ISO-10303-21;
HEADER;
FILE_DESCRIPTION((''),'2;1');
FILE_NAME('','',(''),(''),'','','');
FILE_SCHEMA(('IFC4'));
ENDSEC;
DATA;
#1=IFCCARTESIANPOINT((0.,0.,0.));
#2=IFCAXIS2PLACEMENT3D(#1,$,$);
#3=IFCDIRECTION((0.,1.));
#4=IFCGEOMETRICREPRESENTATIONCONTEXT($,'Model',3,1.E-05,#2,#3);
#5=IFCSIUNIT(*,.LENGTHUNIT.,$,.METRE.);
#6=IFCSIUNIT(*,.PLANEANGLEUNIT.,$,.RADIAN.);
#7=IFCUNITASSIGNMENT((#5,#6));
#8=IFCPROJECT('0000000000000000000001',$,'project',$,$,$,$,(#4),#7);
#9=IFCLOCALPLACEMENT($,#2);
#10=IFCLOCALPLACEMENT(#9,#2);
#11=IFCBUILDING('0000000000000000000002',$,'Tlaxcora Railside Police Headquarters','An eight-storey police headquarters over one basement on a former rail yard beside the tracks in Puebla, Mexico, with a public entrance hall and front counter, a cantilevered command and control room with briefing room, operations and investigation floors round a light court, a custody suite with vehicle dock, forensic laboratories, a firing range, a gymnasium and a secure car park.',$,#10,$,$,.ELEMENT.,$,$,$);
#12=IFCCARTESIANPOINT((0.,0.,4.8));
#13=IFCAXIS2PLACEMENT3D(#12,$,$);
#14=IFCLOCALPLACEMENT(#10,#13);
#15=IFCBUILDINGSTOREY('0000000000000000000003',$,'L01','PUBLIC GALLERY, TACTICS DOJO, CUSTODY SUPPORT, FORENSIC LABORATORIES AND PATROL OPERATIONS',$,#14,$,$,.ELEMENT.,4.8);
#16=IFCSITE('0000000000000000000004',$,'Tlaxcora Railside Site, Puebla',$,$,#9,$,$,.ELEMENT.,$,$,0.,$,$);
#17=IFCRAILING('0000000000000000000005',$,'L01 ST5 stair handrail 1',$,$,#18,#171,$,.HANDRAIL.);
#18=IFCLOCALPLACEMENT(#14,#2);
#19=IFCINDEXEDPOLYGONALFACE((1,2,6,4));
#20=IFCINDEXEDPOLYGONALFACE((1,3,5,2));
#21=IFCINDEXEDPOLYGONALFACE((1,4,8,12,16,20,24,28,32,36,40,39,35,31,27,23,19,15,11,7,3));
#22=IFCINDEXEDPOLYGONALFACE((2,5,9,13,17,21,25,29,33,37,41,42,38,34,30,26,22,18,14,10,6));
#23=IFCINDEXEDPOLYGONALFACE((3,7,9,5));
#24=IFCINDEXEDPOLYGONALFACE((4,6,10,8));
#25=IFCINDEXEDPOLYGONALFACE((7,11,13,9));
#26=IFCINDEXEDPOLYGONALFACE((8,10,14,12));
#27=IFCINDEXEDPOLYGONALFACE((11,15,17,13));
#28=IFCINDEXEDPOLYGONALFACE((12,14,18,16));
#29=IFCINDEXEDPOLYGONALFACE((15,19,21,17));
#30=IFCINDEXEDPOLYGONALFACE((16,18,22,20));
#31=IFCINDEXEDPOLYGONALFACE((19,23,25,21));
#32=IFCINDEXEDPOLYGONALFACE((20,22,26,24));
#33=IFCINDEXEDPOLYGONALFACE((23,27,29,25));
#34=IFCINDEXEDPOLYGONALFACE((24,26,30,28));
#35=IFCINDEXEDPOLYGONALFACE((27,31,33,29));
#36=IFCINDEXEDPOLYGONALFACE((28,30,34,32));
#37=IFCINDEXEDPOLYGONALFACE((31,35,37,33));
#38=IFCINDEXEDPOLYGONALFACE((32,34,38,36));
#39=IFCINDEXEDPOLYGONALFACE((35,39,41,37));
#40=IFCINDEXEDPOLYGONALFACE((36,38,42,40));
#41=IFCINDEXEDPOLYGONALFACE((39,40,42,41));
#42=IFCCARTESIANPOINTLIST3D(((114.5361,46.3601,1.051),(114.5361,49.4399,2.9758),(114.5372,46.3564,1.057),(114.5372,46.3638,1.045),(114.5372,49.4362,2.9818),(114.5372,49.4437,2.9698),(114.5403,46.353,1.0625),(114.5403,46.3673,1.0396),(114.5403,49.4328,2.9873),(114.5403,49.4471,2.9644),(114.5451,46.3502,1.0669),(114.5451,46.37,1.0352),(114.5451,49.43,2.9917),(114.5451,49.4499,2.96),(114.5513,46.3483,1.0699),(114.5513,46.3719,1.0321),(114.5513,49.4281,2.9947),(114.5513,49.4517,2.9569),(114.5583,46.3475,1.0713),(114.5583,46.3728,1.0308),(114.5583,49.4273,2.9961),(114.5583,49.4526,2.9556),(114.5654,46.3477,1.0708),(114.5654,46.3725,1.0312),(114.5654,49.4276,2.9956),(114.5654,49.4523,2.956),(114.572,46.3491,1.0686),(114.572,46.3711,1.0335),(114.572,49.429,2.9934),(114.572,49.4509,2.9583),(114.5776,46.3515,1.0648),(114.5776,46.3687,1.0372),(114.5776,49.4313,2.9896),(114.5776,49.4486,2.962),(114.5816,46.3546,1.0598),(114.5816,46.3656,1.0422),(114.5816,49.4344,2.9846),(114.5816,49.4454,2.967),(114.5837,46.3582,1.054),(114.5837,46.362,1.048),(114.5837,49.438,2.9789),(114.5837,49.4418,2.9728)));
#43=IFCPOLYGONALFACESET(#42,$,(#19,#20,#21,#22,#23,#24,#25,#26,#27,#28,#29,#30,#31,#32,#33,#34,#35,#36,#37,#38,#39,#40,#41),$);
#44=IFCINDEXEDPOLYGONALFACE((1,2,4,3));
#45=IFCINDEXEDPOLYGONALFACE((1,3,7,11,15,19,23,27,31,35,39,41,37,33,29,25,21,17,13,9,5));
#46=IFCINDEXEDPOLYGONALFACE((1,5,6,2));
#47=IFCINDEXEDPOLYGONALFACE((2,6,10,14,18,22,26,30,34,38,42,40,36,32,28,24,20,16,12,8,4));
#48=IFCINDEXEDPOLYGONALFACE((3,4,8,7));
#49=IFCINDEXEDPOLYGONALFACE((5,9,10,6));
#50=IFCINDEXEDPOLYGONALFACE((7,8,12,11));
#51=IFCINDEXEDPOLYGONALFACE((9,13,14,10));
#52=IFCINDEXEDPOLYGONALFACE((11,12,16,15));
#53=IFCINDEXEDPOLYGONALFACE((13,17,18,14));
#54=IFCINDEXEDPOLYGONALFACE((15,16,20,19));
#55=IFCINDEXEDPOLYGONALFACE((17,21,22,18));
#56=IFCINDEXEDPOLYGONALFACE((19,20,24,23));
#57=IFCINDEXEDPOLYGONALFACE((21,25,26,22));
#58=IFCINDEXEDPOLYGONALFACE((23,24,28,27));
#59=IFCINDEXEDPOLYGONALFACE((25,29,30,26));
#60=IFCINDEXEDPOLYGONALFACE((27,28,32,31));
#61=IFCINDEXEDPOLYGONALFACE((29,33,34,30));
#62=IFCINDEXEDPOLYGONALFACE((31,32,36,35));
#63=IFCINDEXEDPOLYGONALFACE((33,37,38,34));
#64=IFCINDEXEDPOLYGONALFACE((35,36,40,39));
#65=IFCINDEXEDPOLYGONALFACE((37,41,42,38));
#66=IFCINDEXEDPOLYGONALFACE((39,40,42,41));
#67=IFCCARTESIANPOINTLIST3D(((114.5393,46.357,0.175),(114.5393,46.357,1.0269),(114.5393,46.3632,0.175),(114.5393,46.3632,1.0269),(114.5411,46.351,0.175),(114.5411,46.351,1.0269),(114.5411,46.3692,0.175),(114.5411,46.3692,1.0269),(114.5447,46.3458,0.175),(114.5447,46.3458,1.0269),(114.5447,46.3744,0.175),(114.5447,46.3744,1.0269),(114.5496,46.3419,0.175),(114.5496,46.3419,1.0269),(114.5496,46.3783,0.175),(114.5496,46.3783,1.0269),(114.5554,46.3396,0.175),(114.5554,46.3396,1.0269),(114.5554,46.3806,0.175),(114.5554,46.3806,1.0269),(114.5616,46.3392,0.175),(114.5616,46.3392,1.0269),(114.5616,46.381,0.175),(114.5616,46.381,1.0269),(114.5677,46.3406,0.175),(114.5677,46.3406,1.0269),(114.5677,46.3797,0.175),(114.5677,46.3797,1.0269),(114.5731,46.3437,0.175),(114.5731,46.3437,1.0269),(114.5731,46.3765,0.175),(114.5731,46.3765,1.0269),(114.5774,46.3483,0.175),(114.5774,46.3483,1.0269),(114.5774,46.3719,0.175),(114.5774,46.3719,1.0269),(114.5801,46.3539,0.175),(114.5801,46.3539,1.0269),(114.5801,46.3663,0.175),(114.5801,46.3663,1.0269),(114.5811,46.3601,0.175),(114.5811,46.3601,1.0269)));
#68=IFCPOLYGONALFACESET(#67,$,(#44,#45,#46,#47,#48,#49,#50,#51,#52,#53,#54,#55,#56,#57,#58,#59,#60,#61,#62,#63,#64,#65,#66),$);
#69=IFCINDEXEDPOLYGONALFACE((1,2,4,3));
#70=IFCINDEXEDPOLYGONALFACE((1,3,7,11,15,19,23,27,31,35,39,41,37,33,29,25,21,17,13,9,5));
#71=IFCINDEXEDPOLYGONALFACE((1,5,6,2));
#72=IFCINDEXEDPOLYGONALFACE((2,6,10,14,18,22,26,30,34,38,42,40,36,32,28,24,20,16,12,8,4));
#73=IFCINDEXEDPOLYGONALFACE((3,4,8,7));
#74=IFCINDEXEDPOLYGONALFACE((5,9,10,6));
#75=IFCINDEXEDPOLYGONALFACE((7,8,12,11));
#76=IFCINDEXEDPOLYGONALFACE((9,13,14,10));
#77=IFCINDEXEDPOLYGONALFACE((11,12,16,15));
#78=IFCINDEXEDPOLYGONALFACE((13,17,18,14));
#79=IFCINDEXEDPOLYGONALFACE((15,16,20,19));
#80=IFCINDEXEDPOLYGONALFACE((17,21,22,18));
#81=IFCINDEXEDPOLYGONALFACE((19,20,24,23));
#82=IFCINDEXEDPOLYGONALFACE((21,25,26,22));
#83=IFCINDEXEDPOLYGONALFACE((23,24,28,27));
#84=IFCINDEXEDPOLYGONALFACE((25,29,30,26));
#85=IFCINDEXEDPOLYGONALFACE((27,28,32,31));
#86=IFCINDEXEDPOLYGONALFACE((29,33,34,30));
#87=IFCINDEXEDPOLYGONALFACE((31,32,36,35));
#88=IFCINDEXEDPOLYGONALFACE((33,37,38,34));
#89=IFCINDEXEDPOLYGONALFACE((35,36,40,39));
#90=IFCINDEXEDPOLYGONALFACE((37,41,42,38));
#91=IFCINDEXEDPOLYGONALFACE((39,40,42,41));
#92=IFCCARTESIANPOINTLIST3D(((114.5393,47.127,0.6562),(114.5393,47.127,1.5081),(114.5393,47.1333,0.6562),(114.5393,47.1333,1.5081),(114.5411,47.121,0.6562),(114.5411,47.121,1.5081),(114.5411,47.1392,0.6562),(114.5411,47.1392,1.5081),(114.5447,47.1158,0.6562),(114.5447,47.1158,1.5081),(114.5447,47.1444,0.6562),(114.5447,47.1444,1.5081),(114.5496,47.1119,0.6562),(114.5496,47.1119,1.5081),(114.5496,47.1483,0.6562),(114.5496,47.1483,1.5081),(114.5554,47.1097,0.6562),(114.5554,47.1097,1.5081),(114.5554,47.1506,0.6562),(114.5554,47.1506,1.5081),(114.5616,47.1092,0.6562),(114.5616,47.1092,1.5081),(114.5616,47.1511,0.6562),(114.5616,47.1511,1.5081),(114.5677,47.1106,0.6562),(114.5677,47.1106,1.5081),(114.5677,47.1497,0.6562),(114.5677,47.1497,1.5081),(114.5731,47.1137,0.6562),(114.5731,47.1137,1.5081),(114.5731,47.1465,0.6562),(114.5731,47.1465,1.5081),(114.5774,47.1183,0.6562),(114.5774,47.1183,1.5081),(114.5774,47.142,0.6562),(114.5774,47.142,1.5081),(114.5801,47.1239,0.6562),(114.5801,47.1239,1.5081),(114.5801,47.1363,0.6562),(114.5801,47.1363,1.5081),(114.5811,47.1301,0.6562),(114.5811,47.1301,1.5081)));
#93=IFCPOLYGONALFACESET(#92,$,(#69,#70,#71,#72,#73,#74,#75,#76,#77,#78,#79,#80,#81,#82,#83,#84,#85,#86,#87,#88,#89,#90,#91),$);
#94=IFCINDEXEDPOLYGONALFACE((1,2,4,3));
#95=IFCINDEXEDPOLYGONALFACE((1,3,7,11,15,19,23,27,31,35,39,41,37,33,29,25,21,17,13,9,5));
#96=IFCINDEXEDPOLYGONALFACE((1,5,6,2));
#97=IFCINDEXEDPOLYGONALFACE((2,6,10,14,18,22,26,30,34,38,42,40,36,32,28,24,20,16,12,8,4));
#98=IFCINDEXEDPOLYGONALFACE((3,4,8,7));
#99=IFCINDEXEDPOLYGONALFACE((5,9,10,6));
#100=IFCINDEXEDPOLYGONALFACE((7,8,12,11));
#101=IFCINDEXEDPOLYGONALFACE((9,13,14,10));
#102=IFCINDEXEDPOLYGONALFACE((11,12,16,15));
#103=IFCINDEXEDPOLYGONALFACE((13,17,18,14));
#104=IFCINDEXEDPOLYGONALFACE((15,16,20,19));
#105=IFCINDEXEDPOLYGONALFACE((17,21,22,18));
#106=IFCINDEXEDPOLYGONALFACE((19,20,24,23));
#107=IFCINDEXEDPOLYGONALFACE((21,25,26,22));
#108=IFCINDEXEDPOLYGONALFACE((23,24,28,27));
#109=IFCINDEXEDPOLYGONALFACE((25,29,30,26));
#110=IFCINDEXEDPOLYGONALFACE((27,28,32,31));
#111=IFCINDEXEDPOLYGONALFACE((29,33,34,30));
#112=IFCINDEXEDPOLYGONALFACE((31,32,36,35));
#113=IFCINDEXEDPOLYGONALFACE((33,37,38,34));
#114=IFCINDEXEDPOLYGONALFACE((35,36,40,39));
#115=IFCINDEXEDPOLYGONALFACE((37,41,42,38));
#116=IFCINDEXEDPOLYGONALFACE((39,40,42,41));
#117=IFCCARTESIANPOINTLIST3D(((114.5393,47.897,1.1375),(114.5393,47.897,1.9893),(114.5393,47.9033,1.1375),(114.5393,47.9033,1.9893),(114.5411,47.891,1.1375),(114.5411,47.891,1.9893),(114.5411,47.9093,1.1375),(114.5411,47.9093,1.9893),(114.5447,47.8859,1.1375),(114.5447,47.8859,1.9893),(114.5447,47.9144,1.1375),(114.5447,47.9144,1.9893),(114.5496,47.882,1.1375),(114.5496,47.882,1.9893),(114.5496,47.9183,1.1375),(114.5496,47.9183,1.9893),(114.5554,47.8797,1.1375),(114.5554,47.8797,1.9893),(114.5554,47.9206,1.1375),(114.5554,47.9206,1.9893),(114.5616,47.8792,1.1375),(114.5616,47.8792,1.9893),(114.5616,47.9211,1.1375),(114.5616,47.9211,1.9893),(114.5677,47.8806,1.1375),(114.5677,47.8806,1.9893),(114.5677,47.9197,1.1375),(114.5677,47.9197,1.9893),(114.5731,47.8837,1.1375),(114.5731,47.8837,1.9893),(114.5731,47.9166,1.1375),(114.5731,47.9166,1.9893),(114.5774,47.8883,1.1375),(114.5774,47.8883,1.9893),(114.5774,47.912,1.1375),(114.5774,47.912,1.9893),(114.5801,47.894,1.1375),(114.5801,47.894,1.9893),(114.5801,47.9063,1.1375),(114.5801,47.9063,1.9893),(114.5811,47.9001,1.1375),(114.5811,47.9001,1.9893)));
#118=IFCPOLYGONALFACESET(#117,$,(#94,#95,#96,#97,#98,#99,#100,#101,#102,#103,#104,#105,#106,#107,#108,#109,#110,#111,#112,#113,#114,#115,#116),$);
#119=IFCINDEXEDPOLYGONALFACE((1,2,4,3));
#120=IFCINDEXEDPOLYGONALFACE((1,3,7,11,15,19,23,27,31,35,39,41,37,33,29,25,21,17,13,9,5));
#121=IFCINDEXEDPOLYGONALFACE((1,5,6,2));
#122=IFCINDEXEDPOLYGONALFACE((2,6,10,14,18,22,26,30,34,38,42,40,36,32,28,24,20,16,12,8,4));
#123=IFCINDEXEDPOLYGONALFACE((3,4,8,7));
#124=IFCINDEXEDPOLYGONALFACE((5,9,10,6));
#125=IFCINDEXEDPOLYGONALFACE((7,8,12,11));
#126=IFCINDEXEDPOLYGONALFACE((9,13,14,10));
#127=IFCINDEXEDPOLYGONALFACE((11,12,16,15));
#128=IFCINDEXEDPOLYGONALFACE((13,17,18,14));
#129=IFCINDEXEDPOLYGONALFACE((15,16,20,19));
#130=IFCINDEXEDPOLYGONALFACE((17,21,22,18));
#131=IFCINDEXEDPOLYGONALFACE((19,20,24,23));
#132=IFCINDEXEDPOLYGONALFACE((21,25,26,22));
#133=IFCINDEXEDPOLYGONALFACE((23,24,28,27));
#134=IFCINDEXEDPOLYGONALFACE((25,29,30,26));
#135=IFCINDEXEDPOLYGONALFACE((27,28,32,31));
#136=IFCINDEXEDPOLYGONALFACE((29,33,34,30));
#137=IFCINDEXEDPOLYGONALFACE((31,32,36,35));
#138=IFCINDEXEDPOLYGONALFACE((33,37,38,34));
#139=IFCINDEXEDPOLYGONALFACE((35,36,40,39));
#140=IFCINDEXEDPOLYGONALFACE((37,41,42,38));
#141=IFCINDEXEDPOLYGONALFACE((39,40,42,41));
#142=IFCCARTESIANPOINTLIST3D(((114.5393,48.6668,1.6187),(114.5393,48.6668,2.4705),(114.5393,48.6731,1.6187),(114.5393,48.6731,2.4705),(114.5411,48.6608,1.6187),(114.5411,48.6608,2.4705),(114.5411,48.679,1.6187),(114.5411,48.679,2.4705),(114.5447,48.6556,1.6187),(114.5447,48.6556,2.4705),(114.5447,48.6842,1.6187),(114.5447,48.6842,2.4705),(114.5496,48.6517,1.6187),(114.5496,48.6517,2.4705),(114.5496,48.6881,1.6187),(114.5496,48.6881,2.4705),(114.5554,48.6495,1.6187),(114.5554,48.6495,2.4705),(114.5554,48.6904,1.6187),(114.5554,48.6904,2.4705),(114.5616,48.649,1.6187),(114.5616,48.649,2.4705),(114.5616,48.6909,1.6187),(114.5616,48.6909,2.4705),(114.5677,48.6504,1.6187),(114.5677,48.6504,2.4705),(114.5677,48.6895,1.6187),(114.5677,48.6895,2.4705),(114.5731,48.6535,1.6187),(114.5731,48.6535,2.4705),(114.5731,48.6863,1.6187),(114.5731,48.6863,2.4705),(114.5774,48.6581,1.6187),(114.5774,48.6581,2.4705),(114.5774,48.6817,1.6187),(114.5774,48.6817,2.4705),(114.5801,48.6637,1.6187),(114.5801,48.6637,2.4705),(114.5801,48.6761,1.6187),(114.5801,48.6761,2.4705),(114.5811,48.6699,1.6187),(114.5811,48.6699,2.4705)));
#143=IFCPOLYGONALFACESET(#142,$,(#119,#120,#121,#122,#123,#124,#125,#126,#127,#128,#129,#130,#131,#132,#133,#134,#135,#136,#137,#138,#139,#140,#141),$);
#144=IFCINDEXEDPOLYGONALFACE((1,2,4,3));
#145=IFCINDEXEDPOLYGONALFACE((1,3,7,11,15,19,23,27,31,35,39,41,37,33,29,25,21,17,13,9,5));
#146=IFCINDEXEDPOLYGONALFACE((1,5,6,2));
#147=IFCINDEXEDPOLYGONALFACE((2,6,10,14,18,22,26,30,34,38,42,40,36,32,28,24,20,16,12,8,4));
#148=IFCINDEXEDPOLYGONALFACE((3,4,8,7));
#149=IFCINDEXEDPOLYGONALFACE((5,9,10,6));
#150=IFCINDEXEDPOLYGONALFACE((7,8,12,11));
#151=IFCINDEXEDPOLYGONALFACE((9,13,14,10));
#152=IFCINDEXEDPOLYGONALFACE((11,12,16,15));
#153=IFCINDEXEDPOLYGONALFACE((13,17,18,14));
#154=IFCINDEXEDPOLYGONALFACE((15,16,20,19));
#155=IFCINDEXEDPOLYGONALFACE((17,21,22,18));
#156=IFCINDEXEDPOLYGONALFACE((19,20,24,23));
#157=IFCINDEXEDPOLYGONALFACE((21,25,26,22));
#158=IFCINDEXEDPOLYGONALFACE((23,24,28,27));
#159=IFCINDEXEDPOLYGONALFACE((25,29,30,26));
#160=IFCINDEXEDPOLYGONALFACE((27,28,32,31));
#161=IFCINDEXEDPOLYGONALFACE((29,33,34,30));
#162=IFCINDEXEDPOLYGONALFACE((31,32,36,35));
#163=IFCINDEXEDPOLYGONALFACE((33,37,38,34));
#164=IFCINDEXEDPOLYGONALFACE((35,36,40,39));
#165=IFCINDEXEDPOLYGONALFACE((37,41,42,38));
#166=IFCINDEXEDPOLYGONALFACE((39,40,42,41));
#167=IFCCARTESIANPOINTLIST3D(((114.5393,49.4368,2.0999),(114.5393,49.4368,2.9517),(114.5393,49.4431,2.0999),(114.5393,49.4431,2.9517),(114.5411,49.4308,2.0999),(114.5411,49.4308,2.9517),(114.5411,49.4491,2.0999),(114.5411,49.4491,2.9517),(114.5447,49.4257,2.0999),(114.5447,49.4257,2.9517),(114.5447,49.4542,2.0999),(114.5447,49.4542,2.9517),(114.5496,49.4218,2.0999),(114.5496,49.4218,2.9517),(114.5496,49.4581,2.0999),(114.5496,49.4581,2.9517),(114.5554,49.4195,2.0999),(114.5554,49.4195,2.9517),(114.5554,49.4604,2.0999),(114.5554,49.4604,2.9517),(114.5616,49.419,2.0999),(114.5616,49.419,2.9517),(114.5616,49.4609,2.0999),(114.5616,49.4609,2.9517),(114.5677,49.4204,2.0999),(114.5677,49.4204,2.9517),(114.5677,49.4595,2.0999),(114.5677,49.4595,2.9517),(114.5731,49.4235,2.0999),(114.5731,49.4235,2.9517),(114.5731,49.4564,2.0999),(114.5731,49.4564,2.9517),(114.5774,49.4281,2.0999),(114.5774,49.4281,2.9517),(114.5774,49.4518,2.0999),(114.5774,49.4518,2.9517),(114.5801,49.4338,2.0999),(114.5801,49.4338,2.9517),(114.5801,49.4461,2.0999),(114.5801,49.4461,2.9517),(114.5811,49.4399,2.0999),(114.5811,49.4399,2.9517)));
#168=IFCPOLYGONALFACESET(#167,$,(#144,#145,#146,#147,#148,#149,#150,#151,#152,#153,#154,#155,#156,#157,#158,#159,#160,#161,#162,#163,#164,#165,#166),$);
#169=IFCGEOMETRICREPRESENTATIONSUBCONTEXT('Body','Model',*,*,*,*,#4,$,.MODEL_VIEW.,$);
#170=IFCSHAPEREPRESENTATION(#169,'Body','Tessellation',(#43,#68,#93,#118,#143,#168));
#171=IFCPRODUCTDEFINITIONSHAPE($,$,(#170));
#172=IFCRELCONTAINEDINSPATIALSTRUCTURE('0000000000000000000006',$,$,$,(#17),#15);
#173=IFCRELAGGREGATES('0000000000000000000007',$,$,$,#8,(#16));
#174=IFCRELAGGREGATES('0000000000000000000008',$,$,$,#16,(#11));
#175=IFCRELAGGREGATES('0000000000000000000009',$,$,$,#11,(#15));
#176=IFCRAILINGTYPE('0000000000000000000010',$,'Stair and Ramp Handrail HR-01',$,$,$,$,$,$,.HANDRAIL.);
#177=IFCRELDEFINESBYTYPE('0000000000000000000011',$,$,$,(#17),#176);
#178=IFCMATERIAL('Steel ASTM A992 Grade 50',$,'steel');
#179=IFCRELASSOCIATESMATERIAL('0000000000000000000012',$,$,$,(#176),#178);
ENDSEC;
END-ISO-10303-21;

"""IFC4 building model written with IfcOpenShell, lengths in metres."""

from ifc_helpers import new_model, si_unit, direction, frame, origin, origin_2d, place, context, subcontext, project, spatial, circle, extrude, material, type_object, element, save


model = new_model("IFC4")

# Units and contexts
model_context = context("Model", 3, precision=1e-05, world=origin(), true_north=direction((0.0, 1.0)))
body_context = subcontext(model_context, "Body", "Model", "MODEL_VIEW")
ifc_project = project(units=[si_unit("LENGTHUNIT", "METRE"), si_unit("PLANEANGLEUNIT", "RADIAN")], contexts=[model_context])

# Site, building, storey
site_placement = place(None, origin())
site = spatial("IfcSite", under=ifc_project, at=site_placement, Name="Tlaxcora Railside Site, Puebla", CompositionType="ELEMENT", RefElevation=0.0)
building_placement = place(site_placement, origin())
building = spatial("IfcBuilding", under=site, at=building_placement, Name="Tlaxcora Railside Police Headquarters", Description="An eight-storey police headquarters over one basement on a former rail yard beside the tracks in Puebla, Mexico, with a public entrance hall and front counter, a cantilevered command and control room with briefing room, operations and investigation floors round a light court, a custody suite with vehicle dock, forensic laboratories, a firing range, a gymnasium and a secure car park.", CompositionType="ELEMENT")
storey_placement = place(building_placement, frame((0.0, 0.0, 4.8)))
storey = spatial("IfcBuildingStorey", under=building, at=storey_placement, Name="L01", Description="PUBLIC GALLERY, TACTICS DOJO, CUSTODY SUPPORT, FORENSIC LABORATORIES AND PATROL OPERATIONS", CompositionType="ELEMENT", Elevation=4.8)

# Shared definitions
ifc_material_1 = material(Name="Steel ASTM A992 Grade 50", Category="steel")

# Railing
railing_type_1 = type_object("IfcRailingType", Name="Stair and Ramp Handrail HR-01", PredefinedType="HANDRAIL", material=ifc_material_1)
railing_1_placement = place(storey_placement, frame((114.5601, 46.3601, 0.175)))
element("IfcRailing", 1, at=railing_1_placement, inside=storey, type_object=railing_type_1, Name="L01 ST5 stair handrail 1", PredefinedType="HANDRAIL", context=body_context, shape_type="SweptSolid", body=[
    extrude(circle(Radius=0.0239, at=origin_2d()), frame((0.0, 0.0, 0.876), z_axis=(0.0, 0.84801, 0.529981), x_axis=(-1.0, 0.0, 0.0)), (0.0, 0.0, 1.0), 3.6318),
    extrude(circle(Radius=0.021, at=origin_2d()), origin(), (0.0, 0.0, 1.0), 0.8518),
    extrude(circle(Radius=0.021, at=origin_2d()), frame((0.0, 0.77, 0.4812)), (0.0, 0.0, 1.0), 0.8518),
    extrude(circle(Radius=0.021, at=origin_2d()), frame((0.0, 1.54, 0.9624)), (0.0, 0.0, 1.0), 0.8518),
    extrude(circle(Radius=0.021, at=origin_2d()), frame((0.0, 2.3098, 1.4436)), (0.0, 0.0, 1.0), 0.8518),
    extrude(circle(Radius=0.021, at=origin_2d()), frame((0.0, 3.0798, 1.9248)), (0.0, 0.0, 1.0), 0.8518),
])

save(model, "model.ifc")
